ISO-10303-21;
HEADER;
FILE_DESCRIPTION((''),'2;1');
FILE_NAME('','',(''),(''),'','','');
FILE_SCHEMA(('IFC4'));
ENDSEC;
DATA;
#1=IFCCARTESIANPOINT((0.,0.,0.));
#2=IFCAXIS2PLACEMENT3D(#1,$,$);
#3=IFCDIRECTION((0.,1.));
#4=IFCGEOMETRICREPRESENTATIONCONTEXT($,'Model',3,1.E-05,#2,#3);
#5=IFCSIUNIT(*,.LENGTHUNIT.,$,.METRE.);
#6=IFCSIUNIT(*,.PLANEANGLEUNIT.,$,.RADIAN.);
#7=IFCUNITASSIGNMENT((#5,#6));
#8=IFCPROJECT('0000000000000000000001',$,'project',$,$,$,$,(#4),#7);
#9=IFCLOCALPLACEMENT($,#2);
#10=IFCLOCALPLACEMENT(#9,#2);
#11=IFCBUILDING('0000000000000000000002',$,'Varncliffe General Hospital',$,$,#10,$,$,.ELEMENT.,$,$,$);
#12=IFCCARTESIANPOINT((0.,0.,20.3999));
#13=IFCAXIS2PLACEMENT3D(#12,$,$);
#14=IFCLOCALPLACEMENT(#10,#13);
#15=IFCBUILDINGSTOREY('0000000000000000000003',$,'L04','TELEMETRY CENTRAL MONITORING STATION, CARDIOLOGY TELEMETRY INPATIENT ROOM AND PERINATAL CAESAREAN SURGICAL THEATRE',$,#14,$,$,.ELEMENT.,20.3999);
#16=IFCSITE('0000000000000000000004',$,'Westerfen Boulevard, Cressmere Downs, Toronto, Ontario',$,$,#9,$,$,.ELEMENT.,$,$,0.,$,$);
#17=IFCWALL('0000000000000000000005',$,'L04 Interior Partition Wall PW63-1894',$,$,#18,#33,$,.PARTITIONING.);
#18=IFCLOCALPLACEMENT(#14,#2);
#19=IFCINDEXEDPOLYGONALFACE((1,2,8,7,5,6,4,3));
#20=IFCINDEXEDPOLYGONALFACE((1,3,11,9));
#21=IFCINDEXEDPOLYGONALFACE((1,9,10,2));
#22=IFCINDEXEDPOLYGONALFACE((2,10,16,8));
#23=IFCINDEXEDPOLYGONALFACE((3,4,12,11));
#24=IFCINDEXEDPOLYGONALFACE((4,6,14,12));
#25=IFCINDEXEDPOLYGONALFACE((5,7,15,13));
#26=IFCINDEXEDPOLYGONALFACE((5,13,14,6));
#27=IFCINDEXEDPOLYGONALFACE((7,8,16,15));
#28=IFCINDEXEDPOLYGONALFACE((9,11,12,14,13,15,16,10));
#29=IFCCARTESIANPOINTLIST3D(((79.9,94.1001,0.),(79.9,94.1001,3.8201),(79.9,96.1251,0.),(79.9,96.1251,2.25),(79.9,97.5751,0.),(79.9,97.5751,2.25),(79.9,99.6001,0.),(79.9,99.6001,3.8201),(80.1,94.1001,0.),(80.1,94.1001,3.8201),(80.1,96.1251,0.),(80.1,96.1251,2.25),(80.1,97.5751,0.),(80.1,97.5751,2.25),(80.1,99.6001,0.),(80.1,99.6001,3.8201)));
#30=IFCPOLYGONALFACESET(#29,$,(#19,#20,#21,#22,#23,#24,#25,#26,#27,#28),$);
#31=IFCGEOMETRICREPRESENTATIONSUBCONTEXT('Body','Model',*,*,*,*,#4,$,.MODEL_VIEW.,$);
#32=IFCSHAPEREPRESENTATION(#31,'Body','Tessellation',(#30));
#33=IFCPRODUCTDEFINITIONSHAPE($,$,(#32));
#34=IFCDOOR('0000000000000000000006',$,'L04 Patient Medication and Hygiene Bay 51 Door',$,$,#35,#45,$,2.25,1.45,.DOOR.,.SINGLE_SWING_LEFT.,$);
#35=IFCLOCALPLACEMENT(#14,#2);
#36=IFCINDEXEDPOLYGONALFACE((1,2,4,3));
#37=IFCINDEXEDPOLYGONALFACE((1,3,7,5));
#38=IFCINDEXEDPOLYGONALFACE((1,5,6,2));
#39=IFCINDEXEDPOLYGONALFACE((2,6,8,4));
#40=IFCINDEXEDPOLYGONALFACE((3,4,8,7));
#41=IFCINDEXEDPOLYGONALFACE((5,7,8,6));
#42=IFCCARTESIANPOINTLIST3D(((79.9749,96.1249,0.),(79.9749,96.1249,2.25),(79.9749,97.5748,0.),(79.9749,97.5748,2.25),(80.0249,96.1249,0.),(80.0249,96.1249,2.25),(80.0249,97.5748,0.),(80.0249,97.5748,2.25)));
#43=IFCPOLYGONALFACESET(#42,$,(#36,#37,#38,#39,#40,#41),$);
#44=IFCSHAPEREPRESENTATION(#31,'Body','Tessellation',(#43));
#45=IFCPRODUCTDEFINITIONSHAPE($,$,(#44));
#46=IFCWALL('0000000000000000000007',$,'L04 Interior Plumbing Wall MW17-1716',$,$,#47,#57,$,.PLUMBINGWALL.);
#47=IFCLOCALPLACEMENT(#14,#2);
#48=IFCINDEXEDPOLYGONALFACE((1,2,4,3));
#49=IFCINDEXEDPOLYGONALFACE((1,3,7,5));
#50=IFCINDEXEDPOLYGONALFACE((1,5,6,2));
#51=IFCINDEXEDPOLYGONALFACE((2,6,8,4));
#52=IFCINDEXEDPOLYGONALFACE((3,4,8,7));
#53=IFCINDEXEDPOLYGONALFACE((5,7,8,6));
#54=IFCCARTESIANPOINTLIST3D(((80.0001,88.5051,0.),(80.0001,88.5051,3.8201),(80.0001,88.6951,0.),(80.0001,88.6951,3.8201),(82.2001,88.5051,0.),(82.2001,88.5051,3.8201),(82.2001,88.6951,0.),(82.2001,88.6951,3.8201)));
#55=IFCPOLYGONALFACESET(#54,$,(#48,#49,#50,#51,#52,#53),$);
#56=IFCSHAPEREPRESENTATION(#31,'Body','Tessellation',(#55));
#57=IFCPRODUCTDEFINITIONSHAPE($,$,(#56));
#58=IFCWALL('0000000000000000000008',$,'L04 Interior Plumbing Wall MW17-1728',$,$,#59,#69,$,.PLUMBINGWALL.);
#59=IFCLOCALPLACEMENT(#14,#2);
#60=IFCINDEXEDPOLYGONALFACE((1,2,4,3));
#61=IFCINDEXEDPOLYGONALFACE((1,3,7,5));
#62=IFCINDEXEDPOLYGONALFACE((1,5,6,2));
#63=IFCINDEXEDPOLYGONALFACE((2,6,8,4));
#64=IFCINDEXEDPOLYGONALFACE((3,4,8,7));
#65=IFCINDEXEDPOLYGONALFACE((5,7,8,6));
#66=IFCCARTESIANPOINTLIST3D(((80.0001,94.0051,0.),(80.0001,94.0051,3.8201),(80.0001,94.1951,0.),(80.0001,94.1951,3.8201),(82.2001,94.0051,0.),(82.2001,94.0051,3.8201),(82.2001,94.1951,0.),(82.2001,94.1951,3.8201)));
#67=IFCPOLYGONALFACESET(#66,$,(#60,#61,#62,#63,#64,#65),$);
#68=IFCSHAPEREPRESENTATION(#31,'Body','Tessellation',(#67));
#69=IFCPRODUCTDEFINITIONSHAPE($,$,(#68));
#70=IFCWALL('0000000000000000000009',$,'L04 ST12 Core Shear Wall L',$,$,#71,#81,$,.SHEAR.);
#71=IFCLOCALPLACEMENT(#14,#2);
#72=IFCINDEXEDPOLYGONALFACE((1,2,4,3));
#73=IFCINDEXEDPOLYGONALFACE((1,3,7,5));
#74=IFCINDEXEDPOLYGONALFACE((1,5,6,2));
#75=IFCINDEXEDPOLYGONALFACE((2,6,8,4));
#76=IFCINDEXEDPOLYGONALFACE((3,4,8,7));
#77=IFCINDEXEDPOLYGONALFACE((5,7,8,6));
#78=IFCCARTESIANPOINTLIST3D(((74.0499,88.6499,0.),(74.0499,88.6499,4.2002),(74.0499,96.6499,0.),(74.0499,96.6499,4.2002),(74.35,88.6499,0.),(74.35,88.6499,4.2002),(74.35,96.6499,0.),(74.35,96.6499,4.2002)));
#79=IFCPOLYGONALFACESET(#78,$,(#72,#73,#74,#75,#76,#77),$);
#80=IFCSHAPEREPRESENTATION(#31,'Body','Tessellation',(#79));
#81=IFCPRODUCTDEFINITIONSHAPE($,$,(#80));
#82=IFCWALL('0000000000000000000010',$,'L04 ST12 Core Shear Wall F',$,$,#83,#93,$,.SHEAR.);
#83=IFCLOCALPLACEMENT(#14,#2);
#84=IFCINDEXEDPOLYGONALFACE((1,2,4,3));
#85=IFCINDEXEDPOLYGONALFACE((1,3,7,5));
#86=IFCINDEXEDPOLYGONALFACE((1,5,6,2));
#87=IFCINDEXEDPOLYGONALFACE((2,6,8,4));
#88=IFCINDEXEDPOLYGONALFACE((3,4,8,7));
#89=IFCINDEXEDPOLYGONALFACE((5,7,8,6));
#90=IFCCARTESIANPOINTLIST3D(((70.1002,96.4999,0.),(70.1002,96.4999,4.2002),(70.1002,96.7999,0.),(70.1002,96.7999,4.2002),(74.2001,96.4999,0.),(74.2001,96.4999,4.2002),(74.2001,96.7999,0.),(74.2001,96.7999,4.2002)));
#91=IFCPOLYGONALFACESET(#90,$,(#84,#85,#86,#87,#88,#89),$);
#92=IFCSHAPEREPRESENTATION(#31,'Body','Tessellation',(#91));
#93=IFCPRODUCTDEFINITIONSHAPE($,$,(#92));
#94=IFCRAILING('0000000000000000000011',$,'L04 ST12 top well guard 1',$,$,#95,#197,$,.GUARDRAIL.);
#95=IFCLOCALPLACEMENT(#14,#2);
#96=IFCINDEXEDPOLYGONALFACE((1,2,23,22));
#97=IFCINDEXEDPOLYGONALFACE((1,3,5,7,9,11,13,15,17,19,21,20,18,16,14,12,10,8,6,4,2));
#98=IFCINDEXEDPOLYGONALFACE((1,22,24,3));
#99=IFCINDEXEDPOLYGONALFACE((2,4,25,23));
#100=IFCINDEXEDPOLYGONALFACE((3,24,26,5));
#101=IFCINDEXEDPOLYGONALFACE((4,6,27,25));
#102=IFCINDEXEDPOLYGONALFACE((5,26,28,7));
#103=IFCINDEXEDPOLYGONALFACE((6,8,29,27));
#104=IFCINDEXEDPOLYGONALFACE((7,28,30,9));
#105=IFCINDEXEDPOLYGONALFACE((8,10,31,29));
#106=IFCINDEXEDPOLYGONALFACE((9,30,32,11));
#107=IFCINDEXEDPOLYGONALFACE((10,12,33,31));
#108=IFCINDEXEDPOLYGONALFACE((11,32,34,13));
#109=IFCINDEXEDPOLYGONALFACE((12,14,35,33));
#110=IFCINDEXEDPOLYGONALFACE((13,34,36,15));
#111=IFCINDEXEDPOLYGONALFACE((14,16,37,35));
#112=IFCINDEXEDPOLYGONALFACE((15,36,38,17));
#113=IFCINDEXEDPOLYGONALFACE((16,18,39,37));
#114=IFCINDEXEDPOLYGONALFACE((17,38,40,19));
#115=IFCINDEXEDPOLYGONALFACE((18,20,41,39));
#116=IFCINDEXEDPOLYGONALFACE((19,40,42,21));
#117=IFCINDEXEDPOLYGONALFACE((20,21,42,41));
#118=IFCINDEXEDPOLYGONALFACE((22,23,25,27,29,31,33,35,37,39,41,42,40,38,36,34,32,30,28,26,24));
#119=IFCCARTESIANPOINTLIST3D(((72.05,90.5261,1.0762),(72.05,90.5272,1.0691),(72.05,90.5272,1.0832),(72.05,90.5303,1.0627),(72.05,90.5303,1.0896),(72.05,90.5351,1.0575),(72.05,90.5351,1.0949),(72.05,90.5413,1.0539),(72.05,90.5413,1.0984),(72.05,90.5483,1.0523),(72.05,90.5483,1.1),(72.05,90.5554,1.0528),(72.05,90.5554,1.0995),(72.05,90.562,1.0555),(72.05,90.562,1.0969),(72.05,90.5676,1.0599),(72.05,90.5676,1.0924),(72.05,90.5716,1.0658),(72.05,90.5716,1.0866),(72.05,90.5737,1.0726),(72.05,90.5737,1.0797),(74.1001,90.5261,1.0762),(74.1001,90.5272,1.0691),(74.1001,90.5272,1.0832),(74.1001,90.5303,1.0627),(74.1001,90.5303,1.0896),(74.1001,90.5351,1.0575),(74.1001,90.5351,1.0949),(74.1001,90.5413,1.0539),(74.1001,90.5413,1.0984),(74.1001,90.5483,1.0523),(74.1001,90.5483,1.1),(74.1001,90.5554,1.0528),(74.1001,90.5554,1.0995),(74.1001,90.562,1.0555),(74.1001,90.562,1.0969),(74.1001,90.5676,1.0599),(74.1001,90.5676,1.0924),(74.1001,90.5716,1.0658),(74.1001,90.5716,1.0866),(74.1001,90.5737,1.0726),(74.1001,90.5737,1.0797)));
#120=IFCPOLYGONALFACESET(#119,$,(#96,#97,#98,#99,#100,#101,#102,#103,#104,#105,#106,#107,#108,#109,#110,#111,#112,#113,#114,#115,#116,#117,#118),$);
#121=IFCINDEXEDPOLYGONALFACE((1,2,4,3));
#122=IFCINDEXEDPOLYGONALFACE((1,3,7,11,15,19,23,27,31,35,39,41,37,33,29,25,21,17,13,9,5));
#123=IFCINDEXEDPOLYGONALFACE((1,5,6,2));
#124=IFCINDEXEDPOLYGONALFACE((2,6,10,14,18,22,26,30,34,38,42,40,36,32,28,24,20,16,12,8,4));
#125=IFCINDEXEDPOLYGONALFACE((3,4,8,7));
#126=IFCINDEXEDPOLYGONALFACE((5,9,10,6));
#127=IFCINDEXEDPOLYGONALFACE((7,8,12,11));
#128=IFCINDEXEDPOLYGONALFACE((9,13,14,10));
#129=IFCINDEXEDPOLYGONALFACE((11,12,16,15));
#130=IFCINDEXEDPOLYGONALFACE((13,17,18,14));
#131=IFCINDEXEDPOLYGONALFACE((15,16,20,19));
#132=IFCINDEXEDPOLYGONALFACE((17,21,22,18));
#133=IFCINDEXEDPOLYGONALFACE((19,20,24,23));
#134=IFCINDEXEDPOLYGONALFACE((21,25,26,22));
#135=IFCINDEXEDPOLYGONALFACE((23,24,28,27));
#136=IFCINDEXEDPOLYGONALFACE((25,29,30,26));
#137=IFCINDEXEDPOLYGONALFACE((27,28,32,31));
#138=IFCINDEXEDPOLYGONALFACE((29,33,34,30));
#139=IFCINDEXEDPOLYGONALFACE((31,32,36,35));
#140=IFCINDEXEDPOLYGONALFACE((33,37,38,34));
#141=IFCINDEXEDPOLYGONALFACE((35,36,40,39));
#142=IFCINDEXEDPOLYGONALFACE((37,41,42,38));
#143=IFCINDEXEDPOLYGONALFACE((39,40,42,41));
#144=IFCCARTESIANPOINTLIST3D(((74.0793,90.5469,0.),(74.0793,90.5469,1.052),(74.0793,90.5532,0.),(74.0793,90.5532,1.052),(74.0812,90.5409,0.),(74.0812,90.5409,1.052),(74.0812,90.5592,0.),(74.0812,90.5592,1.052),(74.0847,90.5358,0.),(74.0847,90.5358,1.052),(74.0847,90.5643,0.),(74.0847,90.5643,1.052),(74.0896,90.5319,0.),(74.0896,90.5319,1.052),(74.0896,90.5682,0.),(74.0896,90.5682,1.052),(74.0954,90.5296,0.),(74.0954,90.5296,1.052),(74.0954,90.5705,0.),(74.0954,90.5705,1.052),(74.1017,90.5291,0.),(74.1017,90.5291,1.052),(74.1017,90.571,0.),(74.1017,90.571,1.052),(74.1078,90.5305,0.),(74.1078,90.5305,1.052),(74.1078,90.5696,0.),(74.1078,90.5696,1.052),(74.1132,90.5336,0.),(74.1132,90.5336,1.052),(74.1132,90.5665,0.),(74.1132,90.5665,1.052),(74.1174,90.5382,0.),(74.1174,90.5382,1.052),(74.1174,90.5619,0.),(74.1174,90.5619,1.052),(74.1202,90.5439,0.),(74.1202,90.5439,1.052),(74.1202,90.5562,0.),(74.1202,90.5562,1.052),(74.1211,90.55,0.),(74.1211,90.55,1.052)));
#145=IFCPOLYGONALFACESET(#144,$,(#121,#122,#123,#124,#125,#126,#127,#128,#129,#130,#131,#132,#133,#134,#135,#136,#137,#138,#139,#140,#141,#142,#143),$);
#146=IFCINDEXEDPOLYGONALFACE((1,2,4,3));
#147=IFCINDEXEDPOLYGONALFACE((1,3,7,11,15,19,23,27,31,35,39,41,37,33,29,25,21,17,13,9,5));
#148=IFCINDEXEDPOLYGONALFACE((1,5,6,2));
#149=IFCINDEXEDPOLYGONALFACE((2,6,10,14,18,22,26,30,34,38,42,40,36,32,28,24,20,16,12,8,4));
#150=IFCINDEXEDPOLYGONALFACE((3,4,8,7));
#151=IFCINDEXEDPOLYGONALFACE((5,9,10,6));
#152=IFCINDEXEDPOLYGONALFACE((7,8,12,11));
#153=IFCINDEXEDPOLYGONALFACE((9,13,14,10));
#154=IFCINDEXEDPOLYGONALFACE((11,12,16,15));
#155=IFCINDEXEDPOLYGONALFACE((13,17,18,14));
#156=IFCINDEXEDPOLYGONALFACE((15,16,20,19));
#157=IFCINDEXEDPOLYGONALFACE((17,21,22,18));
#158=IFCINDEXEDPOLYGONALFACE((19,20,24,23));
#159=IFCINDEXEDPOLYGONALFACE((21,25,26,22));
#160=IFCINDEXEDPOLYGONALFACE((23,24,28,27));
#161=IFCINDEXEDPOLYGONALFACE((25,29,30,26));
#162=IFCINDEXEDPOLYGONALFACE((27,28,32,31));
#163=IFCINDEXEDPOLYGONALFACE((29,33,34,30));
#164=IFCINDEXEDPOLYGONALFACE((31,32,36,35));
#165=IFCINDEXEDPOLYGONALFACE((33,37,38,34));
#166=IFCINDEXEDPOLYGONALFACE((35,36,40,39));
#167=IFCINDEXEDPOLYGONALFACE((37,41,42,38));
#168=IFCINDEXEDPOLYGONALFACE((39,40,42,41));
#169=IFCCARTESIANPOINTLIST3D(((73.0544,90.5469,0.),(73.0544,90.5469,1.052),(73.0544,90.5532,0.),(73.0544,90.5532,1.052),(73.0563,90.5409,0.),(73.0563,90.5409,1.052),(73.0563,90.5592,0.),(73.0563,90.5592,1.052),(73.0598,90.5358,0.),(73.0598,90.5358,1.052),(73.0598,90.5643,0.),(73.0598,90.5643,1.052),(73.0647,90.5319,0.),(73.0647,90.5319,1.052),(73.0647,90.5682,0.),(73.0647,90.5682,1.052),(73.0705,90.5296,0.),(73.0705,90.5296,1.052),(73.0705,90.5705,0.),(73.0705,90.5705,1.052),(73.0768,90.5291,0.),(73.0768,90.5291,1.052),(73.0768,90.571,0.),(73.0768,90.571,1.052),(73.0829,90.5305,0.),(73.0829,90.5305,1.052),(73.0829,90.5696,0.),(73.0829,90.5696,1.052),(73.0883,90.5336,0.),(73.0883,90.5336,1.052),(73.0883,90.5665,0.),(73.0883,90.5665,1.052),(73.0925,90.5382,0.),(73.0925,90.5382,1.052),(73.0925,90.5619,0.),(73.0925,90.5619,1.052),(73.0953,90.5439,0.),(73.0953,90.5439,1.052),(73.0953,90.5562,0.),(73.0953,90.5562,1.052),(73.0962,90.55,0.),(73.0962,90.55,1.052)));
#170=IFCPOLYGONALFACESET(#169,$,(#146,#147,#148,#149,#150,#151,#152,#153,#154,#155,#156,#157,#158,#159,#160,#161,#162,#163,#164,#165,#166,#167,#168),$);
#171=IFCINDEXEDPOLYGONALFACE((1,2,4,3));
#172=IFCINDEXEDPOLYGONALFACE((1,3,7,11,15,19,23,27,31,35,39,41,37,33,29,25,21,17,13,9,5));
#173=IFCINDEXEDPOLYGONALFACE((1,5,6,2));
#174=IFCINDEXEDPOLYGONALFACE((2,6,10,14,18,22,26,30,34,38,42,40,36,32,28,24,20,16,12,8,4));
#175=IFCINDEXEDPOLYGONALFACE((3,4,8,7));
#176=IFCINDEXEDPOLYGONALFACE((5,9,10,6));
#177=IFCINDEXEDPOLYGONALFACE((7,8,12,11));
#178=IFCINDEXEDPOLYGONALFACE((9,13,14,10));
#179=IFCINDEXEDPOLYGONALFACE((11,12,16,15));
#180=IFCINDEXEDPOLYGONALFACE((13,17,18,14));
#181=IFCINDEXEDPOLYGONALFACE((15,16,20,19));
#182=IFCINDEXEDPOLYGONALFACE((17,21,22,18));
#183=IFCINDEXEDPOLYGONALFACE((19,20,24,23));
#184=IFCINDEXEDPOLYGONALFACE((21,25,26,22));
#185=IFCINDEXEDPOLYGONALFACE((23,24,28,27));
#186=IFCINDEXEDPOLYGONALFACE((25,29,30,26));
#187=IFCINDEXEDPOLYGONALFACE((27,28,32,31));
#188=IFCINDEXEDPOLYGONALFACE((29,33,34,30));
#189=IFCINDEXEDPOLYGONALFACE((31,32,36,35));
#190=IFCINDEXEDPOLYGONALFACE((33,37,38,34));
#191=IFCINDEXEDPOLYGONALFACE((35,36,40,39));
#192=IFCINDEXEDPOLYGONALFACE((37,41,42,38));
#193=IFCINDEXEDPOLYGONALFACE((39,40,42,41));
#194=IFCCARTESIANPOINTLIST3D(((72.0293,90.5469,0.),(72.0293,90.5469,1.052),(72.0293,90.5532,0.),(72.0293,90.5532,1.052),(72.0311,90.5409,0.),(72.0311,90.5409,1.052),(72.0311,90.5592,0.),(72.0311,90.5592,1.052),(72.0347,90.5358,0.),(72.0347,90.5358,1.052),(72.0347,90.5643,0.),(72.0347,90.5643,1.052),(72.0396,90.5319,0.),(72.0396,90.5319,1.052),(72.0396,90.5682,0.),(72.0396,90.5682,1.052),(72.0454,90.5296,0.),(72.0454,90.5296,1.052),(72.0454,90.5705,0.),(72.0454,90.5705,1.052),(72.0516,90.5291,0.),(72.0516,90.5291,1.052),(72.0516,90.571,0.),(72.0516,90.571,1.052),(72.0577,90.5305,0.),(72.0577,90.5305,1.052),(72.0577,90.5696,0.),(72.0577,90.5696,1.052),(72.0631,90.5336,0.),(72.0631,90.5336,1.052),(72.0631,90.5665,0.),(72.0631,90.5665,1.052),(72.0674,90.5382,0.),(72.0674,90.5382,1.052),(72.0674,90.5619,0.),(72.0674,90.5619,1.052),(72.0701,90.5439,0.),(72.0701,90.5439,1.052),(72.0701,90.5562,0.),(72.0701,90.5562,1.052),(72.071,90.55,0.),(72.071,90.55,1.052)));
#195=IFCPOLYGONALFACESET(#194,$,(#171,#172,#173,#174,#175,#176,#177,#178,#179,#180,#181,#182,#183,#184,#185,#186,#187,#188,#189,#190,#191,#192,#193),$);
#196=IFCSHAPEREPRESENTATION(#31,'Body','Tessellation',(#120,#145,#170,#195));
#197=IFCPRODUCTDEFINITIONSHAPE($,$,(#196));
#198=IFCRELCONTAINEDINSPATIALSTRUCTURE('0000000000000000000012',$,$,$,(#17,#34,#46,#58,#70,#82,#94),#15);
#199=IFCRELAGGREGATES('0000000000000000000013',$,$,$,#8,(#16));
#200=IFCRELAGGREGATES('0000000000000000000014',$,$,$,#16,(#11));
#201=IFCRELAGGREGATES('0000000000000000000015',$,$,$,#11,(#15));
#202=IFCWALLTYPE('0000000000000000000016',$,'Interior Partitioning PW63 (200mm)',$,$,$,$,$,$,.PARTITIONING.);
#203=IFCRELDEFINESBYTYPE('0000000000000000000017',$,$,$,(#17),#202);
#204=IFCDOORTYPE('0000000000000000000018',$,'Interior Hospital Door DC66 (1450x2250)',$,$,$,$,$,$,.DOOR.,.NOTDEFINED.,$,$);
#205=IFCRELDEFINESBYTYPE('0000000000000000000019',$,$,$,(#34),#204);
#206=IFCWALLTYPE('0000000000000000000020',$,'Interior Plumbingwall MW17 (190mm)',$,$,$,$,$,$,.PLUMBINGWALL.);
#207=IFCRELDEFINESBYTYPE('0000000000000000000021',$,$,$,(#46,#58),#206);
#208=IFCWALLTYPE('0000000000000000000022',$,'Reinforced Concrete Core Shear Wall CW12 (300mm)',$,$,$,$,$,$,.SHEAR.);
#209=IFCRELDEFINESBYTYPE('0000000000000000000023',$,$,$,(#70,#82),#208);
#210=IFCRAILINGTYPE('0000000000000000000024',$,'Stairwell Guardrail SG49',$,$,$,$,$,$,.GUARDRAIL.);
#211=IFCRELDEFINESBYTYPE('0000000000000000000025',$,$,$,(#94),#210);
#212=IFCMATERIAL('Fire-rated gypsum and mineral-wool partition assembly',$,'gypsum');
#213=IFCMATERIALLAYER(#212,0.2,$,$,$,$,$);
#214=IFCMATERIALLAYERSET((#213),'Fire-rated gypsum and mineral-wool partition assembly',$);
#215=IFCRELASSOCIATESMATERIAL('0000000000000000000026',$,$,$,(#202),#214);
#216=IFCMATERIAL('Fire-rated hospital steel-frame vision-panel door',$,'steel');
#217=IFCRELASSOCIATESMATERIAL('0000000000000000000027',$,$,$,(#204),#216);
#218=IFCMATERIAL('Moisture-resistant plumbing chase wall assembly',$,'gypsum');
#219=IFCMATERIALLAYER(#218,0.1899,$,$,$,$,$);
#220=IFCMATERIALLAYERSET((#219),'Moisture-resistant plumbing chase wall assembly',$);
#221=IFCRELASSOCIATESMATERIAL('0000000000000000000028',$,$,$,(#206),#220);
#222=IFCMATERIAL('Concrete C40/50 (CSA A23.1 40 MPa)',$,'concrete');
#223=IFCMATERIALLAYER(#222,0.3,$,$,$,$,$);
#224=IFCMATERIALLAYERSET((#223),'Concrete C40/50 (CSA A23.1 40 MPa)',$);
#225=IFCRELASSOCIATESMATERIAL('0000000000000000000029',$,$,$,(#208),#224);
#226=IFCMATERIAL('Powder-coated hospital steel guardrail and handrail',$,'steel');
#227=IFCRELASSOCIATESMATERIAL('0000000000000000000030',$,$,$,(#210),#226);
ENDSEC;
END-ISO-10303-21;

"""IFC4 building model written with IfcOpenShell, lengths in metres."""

from ifc_helpers import new_model, si_unit, direction, frame, frame_2d, origin, origin_2d, place, context, subcontext, project, spatial, rectangle, circle, extrude, material, layer, layer_set, type_object, element, fill, save


model = new_model("IFC4")

# Units and contexts
model_context = context("Model", 3, precision=1e-05, world=origin(), true_north=direction((0.0, 1.0)))
body_context = subcontext(model_context, "Body", "Model", "MODEL_VIEW")
ifc_project = project(units=[si_unit("LENGTHUNIT", "METRE"), si_unit("PLANEANGLEUNIT", "RADIAN")], contexts=[model_context])

# Site, building, storey
site_placement = place(None, origin())
site = spatial("IfcSite", under=ifc_project, at=site_placement, Name="Westerfen Boulevard, Cressmere Downs, Toronto, Ontario", CompositionType="ELEMENT", RefElevation=0.0)
building_placement = place(site_placement, origin())
building = spatial("IfcBuilding", under=site, at=building_placement, Name="Varncliffe General Hospital", CompositionType="ELEMENT")
storey_placement = place(building_placement, frame((0.0, 0.0, 20.3999)))
storey = spatial("IfcBuildingStorey", under=building, at=storey_placement, Name="L04", Description="TELEMETRY CENTRAL MONITORING STATION, CARDIOLOGY TELEMETRY INPATIENT ROOM AND PERINATAL CAESAREAN SURGICAL THEATRE", CompositionType="ELEMENT", Elevation=20.3999)

# Shared definitions
ifc_material_1 = material(Name="Fire-rated gypsum and mineral-wool partition assembly", Category="gypsum")

# Wall, opening, door
ifc_layer_1 = layer(ifc_material_1, 0.2)
ifc_layer_set_1 = layer_set([ifc_layer_1], Name="Fire-rated gypsum and mineral-wool partition assembly")
wall_type_1 = type_object("IfcWallType", Name="Interior Partitioning PW63 (200mm)", PredefinedType="PARTITIONING", material=ifc_layer_set_1)
ifc_material_2 = material(Name="Fire-rated hospital steel-frame vision-panel door", Category="steel")
door_type_1 = type_object("IfcDoorType", Name="Interior Hospital Door DC66 (1450x2250)", OperationType="NOTDEFINED", PredefinedType="DOOR", material=ifc_material_2)
wall_1_placement = place(storey_placement, frame((80.0, 94.1001, 0.0), z_axis=(0.0, 0.0, 1.0), x_axis=(0.0, 1.0, 0.0)))
wall_1 = element("IfcWall", 1, at=wall_1_placement, inside=storey, type_object=wall_type_1, Name="L04 Interior Partition Wall PW63-1894", PredefinedType="PARTITIONING", context=body_context, shape_type="SweptSolid", body=[
    extrude(rectangle(XDim=5.5, YDim=0.2, at=frame_2d((2.75, 0.0))), origin(), (0.0, 0.0, 1.0), 3.8201),
])
opening_1_placement = place(wall_1_placement, frame((2.0249, 0.0, 0.0)))
opening_1 = element("IfcOpeningElement", 2, at=opening_1_placement, cuts=wall_1, PredefinedType="OPENING", context=body_context, shape_type="SweptSolid", body=[
    extrude(rectangle(XDim=1.45, YDim=2.25, at=frame_2d((0.7251, 1.125))), frame((0.0, 0.1099, 0.0), z_axis=(0.0, -1.0, 0.0), x_axis=(1.0, 0.0, 0.0)), (0.0, 0.0, 1.0), 0.22),
])
door_1_placement = place(opening_1_placement, frame((1.45, 0.0, 0.0), z_axis=(0.0, 0.0, 1.0), x_axis=(-1.0, 0.0, 0.0)))
door_1 = element("IfcDoor", 3, at=door_1_placement, inside=storey, type_object=door_type_1, Name="L04 Patient Medication and Hygiene Bay 51 Door", OperationType="SINGLE_SWING_LEFT", OverallHeight=2.25, OverallWidth=1.45, PredefinedType="DOOR", context=body_context, shape_type="SweptSolid", body=[
    extrude(rectangle(XDim=1.45, YDim=2.25, at=frame_2d((0.7251, 1.125))), frame((0.0, 0.0249, 0.0), z_axis=(0.0, -1.0, 0.0), x_axis=(1.0, 0.0, 0.0)), (0.0, 0.0, 1.0), 0.05),
])
fill(opening_1, door_1)

# Walls
ifc_material_3 = material(Name="Moisture-resistant plumbing chase wall assembly", Category="gypsum")
ifc_layer_2 = layer(ifc_material_3, 0.1899)
ifc_layer_set_2 = layer_set([ifc_layer_2], Name="Moisture-resistant plumbing chase wall assembly")
wall_type_2 = type_object("IfcWallType", Name="Interior Plumbingwall MW17 (190mm)", PredefinedType="PLUMBINGWALL", material=ifc_layer_set_2)
for number, where, z_axis, x_axis, name in (
    (4, (80.0, 88.6001, 0.0), (0.0, 0.0, 1.0), (1.0, 0.0, 0.0), "L04 Interior Plumbing Wall MW17-1716"),
    (5, (80.0, 94.1001, 0.0), (0.0, 0.0, 1.0), (1.0, 0.0, 0.0), "L04 Interior Plumbing Wall MW17-1728"),
):
    element("IfcWall", number, at=place(storey_placement, frame(where, z_axis=z_axis, x_axis=x_axis)), inside=storey, type_object=wall_type_2, Name=name, PredefinedType="PLUMBINGWALL", context=body_context, shape_type="SweptSolid", body=[
        extrude(rectangle(XDim=2.2, YDim=0.1899, at=frame_2d((1.1001, 0.0))), origin(), (0.0, 0.0, 1.0), 3.8201),
    ])
ifc_material_4 = material(Name="Concrete C40/50 (CSA A23.1 40 MPa)", Category="concrete")
ifc_layer_3 = layer(ifc_material_4, 0.3)
ifc_layer_set_3 = layer_set([ifc_layer_3], Name="Concrete C40/50 (CSA A23.1 40 MPa)")
wall_type_3 = type_object("IfcWallType", Name="Reinforced Concrete Core Shear Wall CW12 (300mm)", PredefinedType="SHEAR", material=ifc_layer_set_3)
wall_2_placement = place(storey_placement, frame((74.2, 88.6499, 0.0), z_axis=(0.0, 0.0, 1.0), x_axis=(0.0, 1.0, 0.0)))
element("IfcWall", 6, at=wall_2_placement, inside=storey, type_object=wall_type_3, Name="L04 ST12 Core Shear Wall L", PredefinedType="SHEAR", context=body_context, shape_type="SweptSolid", body=[
    extrude(rectangle(XDim=8.0, YDim=0.3, at=frame_2d((4.0, 0.0))), origin(), (0.0, 0.0, 1.0), 4.2002),
])
wall_3_placement = place(storey_placement, frame((74.2, 96.6499, 0.0), z_axis=(0.0, 0.0, 1.0), x_axis=(-1.0, 0.0, 0.0)))
element("IfcWall", 7, at=wall_3_placement, inside=storey, type_object=wall_type_3, Name="L04 ST12 Core Shear Wall F", PredefinedType="SHEAR", context=body_context, shape_type="SweptSolid", body=[
    extrude(rectangle(XDim=4.0999, YDim=0.3, at=frame_2d((2.0498, 0.0))), origin(), (0.0, 0.0, 1.0), 4.2002),
])

# Railing
ifc_material_5 = material(Name="Powder-coated hospital steel guardrail and handrail", Category="steel")
railing_type = type_object("IfcRailingType", Name="Stairwell Guardrail SG49", PredefinedType="GUARDRAIL", material=ifc_material_5)
railing_placement = place(storey_placement, frame((74.1001, 90.55, 0.0)))
element("IfcRailing", 8, at=railing_placement, inside=storey, type_object=railing_type, Name="L04 ST12 top well guard 1", PredefinedType="GUARDRAIL", context=body_context, shape_type="SweptSolid", body=[
    extrude(circle(Radius=0.0239, at=origin_2d()), frame((0.0, 0.0, 1.0762), z_axis=(-1.0, 0.0, 0.0), x_axis=(0.0, -1.0, 0.0)), (0.0, 0.0, 1.0), 2.05),
    extrude(circle(Radius=0.021, at=origin_2d()), origin(), (0.0, 0.0, 1.0), 1.052),
    extrude(circle(Radius=0.021, at=origin_2d()), frame((-1.0249, 0.0, 0.0)), (0.0, 0.0, 1.0), 1.052),
    extrude(circle(Radius=0.021, at=origin_2d()), frame((-2.05, 0.0, 0.0)), (0.0, 0.0, 1.0), 1.052),
])

save(model, "model.ifc")
